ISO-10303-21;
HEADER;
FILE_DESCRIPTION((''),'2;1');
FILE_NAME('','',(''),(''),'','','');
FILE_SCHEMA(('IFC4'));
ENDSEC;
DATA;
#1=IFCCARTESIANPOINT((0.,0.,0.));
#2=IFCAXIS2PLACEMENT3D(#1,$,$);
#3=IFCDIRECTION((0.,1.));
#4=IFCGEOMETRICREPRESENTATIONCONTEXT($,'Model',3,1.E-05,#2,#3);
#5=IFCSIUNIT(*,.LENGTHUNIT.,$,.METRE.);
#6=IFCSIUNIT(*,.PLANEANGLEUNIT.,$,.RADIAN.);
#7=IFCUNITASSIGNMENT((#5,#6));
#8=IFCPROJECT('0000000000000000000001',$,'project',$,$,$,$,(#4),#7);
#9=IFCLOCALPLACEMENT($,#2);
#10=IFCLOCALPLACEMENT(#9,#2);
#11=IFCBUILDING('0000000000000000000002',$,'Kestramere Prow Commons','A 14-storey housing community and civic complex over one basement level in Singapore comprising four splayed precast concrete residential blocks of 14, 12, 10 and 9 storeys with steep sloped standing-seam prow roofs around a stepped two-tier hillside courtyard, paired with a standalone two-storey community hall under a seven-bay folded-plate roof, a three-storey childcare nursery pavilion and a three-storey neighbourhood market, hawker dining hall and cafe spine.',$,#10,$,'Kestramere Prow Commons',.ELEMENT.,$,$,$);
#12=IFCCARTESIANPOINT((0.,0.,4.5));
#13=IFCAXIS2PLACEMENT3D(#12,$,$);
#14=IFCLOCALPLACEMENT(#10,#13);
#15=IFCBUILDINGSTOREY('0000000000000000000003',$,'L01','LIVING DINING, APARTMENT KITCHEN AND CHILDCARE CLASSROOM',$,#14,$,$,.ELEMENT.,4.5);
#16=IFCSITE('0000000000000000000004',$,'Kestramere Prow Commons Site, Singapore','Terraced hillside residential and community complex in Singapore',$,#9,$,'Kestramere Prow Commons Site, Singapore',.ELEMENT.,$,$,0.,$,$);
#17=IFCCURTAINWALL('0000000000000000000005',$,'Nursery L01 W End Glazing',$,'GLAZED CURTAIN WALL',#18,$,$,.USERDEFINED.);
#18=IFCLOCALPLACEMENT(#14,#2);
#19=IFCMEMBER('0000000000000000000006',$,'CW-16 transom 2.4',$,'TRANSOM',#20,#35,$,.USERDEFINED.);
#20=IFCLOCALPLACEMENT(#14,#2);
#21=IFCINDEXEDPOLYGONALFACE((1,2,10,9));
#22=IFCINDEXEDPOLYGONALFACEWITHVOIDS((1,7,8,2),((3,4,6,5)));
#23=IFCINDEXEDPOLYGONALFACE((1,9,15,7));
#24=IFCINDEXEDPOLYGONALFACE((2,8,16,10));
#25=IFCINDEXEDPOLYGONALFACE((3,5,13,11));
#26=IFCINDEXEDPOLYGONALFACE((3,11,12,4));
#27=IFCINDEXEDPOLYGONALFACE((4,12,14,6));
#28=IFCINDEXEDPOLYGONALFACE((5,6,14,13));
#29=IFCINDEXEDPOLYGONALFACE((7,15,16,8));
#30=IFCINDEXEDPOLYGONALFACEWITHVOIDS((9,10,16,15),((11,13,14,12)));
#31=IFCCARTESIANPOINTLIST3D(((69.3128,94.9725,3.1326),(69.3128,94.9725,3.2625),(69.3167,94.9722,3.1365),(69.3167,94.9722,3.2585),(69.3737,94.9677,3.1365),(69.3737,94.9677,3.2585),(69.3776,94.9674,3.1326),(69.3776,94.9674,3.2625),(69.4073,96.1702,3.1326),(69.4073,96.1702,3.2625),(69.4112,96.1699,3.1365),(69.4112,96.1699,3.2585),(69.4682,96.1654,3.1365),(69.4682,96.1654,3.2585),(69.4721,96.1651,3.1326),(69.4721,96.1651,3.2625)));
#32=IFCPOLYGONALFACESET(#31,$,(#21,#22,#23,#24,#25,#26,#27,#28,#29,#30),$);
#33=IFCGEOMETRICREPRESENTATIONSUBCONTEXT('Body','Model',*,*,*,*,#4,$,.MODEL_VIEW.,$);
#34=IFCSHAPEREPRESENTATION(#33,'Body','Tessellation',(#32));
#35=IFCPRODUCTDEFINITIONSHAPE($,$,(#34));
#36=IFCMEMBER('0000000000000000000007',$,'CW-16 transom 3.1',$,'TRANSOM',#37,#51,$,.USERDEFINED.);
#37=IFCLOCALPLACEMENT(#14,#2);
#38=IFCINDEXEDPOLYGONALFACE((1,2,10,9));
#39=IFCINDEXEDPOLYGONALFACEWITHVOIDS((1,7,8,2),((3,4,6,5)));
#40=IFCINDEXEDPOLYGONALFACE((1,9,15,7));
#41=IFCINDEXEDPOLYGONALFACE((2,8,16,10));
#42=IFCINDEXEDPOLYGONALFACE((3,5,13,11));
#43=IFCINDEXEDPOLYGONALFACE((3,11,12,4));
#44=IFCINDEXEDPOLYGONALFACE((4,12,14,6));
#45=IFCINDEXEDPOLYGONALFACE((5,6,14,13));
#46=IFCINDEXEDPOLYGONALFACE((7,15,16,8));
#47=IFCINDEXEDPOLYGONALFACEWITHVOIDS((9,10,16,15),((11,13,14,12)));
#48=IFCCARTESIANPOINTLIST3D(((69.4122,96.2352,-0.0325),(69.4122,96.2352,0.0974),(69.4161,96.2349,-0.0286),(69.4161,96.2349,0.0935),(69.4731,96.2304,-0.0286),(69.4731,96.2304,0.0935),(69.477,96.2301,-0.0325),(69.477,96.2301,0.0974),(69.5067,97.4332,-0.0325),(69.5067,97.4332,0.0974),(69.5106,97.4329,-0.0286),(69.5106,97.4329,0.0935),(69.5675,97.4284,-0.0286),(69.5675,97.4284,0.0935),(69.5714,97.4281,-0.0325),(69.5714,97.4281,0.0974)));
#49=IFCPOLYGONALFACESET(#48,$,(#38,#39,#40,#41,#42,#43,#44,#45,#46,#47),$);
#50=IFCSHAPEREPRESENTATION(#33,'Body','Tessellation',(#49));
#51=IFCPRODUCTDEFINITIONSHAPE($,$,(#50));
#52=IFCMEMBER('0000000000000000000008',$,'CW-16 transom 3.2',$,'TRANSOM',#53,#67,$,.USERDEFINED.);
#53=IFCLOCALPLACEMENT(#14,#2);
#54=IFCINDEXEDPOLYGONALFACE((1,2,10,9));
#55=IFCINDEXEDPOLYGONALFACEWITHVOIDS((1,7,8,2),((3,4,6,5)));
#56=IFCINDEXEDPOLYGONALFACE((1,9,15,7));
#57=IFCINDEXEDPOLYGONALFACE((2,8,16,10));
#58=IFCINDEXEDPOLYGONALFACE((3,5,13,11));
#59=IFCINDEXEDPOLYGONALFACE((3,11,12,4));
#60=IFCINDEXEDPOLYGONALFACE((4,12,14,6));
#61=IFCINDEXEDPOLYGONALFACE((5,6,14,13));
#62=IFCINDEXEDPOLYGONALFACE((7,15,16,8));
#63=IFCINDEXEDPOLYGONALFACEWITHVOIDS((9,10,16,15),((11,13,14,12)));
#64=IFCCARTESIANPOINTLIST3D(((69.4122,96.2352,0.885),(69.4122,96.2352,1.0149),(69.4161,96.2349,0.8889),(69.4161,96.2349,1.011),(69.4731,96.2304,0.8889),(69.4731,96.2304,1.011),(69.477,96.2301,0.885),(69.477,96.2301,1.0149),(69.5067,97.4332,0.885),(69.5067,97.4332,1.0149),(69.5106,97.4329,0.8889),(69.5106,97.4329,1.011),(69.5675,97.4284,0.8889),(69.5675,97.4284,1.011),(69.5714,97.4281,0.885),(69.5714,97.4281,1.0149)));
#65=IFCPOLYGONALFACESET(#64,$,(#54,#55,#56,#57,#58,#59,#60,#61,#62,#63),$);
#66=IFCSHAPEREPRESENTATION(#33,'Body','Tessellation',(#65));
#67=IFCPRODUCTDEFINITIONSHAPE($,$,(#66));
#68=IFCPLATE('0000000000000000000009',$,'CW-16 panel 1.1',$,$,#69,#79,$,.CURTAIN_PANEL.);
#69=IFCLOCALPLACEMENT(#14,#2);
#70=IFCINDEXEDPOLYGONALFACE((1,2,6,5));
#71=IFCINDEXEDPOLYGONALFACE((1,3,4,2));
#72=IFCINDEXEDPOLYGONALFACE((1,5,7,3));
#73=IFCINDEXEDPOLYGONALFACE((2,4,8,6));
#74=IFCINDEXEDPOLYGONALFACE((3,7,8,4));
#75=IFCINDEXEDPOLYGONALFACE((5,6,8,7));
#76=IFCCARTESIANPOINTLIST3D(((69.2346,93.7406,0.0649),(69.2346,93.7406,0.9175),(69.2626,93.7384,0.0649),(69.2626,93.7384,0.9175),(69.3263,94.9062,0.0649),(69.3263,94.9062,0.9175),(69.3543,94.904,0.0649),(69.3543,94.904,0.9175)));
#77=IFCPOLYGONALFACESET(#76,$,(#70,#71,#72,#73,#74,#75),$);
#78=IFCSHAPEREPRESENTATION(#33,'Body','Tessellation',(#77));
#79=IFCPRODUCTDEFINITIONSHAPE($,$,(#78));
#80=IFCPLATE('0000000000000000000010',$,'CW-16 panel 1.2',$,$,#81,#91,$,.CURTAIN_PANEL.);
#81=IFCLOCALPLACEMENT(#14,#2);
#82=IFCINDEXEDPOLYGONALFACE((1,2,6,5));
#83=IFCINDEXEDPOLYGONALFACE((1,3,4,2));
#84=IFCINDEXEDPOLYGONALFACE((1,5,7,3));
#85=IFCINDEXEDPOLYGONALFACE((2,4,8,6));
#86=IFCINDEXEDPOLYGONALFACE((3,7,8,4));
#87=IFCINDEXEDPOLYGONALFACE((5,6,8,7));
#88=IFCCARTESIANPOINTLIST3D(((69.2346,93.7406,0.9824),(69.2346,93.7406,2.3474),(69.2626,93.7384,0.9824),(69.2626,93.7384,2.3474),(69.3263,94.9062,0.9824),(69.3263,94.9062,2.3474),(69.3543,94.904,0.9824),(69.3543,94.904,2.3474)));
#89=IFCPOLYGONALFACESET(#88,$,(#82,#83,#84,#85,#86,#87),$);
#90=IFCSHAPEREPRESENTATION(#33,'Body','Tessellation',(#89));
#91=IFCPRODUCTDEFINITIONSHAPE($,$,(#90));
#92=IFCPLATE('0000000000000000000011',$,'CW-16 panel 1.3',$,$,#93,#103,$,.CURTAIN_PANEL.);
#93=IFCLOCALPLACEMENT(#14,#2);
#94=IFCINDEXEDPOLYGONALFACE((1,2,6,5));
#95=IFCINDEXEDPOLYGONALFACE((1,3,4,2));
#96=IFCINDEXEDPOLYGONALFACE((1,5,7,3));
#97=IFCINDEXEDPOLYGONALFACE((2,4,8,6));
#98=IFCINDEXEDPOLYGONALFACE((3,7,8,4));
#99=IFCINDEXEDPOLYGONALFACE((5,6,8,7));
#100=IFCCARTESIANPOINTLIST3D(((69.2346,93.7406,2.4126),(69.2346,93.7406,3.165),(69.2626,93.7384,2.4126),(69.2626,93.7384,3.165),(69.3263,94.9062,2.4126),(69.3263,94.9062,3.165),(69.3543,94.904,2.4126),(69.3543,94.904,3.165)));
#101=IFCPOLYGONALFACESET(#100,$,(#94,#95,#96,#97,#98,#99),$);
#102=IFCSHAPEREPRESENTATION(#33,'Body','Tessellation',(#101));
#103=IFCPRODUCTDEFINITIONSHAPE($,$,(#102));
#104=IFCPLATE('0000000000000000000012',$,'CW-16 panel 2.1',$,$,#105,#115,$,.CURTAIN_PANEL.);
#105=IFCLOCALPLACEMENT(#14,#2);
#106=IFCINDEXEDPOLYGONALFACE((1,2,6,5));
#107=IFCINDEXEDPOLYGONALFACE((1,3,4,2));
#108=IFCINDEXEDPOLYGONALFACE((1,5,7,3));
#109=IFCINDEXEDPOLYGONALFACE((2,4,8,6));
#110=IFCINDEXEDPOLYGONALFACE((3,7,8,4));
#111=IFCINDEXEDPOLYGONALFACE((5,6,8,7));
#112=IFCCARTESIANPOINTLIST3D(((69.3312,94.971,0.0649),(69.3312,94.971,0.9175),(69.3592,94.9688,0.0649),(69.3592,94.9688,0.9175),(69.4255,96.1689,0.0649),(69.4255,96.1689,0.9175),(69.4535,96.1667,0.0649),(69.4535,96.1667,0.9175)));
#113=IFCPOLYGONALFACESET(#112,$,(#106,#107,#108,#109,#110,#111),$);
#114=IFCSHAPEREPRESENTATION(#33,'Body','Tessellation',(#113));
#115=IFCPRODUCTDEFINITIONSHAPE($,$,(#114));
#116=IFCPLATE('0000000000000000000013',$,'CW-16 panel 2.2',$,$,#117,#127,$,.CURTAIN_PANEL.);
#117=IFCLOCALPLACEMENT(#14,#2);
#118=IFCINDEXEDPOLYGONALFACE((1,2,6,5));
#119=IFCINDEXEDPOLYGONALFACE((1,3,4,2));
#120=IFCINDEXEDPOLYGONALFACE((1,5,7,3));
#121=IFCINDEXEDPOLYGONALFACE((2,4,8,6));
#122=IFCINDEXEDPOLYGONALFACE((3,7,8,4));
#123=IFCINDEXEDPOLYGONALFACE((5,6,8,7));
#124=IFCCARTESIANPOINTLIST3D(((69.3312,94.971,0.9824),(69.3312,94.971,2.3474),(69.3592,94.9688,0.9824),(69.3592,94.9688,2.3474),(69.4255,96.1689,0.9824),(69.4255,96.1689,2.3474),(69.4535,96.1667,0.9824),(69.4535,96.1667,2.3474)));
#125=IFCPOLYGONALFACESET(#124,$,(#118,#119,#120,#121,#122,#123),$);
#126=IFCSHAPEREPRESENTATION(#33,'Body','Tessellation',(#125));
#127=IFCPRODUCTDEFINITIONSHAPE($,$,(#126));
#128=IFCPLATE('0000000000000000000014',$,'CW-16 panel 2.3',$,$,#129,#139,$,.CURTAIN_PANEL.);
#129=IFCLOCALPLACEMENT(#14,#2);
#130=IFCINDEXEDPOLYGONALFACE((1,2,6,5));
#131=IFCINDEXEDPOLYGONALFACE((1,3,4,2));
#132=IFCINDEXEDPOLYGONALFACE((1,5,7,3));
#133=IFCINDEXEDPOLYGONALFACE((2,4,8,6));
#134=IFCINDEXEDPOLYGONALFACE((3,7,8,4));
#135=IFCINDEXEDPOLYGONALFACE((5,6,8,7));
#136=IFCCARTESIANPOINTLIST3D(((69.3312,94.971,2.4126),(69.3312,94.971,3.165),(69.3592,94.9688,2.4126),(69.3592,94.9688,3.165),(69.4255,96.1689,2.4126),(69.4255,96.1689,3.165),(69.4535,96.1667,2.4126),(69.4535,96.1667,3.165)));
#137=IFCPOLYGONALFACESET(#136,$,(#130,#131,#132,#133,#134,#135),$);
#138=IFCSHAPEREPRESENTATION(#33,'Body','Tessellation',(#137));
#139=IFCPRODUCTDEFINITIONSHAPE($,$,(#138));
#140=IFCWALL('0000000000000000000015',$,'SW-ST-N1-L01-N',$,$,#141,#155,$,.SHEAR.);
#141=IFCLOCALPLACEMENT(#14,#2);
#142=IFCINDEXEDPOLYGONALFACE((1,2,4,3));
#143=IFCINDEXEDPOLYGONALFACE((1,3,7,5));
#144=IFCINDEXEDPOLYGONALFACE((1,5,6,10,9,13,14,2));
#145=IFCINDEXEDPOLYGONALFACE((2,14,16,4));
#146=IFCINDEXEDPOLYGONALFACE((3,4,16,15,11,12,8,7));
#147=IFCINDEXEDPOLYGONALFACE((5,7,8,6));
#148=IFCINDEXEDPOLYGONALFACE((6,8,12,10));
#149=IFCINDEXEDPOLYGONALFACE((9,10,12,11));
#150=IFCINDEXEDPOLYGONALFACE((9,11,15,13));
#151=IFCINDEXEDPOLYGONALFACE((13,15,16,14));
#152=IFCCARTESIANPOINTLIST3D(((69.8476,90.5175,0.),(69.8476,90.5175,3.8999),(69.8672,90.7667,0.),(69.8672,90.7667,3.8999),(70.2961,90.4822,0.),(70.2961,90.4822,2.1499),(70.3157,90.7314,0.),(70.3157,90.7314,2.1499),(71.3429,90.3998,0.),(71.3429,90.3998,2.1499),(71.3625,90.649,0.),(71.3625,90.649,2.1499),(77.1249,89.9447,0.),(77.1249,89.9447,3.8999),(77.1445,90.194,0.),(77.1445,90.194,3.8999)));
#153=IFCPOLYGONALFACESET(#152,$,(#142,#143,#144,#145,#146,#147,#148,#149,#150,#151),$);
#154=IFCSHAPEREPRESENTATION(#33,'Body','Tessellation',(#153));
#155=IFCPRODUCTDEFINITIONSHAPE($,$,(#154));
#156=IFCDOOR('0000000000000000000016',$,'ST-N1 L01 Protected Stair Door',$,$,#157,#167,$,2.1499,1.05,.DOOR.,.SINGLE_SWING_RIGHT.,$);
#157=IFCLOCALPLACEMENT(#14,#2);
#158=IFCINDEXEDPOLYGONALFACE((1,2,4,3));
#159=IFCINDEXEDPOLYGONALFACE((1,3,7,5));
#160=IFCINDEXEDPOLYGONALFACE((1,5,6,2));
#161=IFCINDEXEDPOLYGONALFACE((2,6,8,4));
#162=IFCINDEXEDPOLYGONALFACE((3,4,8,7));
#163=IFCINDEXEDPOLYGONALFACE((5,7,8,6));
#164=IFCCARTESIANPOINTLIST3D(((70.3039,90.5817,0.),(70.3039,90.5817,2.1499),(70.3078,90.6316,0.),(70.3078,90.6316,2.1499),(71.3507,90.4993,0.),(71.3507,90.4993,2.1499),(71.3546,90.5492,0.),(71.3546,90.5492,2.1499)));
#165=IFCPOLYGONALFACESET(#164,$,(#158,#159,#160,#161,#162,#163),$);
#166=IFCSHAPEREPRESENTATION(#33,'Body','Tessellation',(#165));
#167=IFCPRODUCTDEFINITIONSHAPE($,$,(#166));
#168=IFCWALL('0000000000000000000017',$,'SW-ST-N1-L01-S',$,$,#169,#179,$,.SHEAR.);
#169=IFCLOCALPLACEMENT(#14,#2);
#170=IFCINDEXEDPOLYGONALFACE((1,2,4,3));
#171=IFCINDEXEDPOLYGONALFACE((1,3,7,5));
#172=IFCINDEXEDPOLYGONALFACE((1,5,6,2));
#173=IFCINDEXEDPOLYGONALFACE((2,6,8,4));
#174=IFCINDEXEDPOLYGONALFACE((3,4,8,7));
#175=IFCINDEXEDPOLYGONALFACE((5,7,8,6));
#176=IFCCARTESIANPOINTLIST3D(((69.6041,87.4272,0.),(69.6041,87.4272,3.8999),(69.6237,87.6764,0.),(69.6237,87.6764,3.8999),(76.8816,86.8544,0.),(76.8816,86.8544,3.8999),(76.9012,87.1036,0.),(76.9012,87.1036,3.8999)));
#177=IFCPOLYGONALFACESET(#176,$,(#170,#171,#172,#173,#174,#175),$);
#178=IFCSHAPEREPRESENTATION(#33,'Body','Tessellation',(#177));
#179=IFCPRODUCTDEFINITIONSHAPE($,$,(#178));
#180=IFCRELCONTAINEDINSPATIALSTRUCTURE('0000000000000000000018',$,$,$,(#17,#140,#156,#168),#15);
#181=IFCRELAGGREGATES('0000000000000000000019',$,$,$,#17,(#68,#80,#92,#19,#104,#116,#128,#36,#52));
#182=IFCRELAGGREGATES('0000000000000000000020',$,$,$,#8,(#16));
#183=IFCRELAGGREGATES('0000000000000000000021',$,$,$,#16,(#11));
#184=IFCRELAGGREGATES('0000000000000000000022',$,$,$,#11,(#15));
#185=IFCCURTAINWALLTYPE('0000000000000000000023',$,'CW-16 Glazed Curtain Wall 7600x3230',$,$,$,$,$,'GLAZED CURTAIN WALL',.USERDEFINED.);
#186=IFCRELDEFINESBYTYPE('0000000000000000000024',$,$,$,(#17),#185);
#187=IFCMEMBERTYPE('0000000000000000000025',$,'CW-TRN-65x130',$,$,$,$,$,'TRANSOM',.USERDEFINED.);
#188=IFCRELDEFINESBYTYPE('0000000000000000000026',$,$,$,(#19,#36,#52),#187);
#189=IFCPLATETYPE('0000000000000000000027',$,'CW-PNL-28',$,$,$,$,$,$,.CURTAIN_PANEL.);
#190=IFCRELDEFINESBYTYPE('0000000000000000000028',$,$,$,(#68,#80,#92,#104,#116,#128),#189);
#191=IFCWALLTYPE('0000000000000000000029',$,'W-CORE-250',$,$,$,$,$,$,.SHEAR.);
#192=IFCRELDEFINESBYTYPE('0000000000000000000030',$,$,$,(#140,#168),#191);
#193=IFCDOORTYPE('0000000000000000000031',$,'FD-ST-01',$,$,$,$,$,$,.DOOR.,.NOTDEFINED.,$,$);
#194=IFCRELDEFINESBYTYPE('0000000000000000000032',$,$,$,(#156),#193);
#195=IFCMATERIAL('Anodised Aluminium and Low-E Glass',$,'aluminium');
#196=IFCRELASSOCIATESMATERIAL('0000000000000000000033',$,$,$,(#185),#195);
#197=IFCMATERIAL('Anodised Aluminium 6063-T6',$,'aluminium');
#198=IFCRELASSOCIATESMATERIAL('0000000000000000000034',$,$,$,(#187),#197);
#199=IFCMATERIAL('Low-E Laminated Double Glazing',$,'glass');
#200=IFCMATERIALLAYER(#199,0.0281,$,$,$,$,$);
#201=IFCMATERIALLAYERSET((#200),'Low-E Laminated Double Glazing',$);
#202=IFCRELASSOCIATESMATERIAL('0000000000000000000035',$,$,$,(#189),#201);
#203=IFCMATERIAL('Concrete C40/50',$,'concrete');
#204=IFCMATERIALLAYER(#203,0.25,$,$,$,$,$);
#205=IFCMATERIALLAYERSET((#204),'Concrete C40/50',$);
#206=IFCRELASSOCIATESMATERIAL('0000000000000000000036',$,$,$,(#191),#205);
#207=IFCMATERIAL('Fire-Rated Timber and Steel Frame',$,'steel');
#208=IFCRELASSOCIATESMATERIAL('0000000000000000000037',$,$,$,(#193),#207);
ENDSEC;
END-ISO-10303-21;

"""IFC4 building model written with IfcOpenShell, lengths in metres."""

from ifc_helpers import new_model, si_unit, direction, frame, frame_2d, origin, origin_2d, place, context, subcontext, project, spatial, rectangle, hollow_rectangle, extrude, material, layer, layer_set, material_profile, profile_set, type_object, element, fill, aggregate, save


model = new_model("IFC4")

# Units and contexts
model_context = context("Model", 3, precision=1e-05, world=origin(), true_north=direction((0.0, 1.0)))
body_context = subcontext(model_context, "Body", "Model", "MODEL_VIEW")
ifc_project = project(units=[si_unit("LENGTHUNIT", "METRE"), si_unit("PLANEANGLEUNIT", "RADIAN")], contexts=[model_context])

# Site, building, storey
site_placement = place(None, origin())
site = spatial("IfcSite", under=ifc_project, at=site_placement, Name="Kestramere Prow Commons Site, Singapore", Description="Terraced hillside residential and community complex in Singapore", LongName="Kestramere Prow Commons Site, Singapore", CompositionType="ELEMENT", RefElevation=0.0)
building_placement = place(site_placement, origin())
building = spatial("IfcBuilding", under=site, at=building_placement, Name="Kestramere Prow Commons", Description="A 14-storey housing community and civic complex over one basement level in Singapore comprising four splayed precast concrete residential blocks of 14, 12, 10 and 9 storeys with steep sloped standing-seam prow roofs around a stepped two-tier hillside courtyard, paired with a standalone two-storey community hall under a seven-bay folded-plate roof, a three-storey childcare nursery pavilion and a three-storey neighbourhood market, hawker dining hall and cafe spine.", LongName="Kestramere Prow Commons", CompositionType="ELEMENT")
storey_placement = place(building_placement, frame((0.0, 0.0, 4.5)))
storey = spatial("IfcBuildingStorey", under=building, at=storey_placement, Name="L01", Description="LIVING DINING, APARTMENT KITCHEN AND CHILDCARE CLASSROOM", CompositionType="ELEMENT", Elevation=4.5)

# Curtain wall, members, plates
ifc_material_1 = material(Name="Anodised Aluminium and Low-E Glass", Category="aluminium")
curtain_wall_type = type_object("IfcCurtainWallType", Name="CW-16 Glazed Curtain Wall 7600x3230", ElementType="GLAZED CURTAIN WALL", PredefinedType="USERDEFINED", material=ifc_material_1)
curtain_wall_placement = place(storey_placement, origin())
curtain_wall = element("IfcCurtainWall", 1, at=curtain_wall_placement, inside=storey, type_object=curtain_wall_type, Name="Nursery L01 W End Glazing", ObjectType="GLAZED CURTAIN WALL", PredefinedType="USERDEFINED")
ifc_material_2 = material(Name="Anodised Aluminium 6063-T6", Category="aluminium")
ifc_material_profile_1 = material_profile(ifc_material_2, hollow_rectangle(XDim=0.0649, YDim=0.1299, WallThickness=0.0039, at=origin_2d()), Name="ALU-TRN 65x130")
ifc_profile_set_1 = profile_set([ifc_material_profile_1], Name="Anodised Aluminium 6063-T6")
member_type_1 = type_object("IfcMemberType", Name="CW-TRN-65x130", ElementType="TRANSOM", PredefinedType="USERDEFINED", material=ifc_profile_set_1)
member_1_placement = place(storey_placement, frame((69.3452, 94.97, 3.1975), z_axis=(0.078639, 0.996903, 0.0), x_axis=(-0.996903, 0.078639, 0.0)))
member_1 = element("IfcMember", 2, at=member_1_placement, type_object=member_type_1, Name="CW-16 transom 2.4", ObjectType="TRANSOM", PredefinedType="USERDEFINED", context=body_context, shape_type="SweptSolid", body=[
    extrude(hollow_rectangle(XDim=0.0649, YDim=0.1299, WallThickness=0.0039, at=origin_2d()), origin(), (0.0, 0.0, 1.0), 1.2014),
])
member_2_placement = place(storey_placement, frame((69.4446, 96.2327, 0.0325), z_axis=(0.078623, 0.996904, 0.0), x_axis=(-0.996904, 0.078623, 0.0)))
member_2 = element("IfcMember", 3, at=member_2_placement, type_object=member_type_1, Name="CW-16 transom 3.1", ObjectType="TRANSOM", PredefinedType="USERDEFINED", context=body_context, shape_type="SweptSolid", body=[
    extrude(hollow_rectangle(XDim=0.0649, YDim=0.1299, WallThickness=0.0039, at=origin_2d()), origin(), (0.0, 0.0, 1.0), 1.2017),
])
member_3_placement = place(storey_placement, frame((69.4446, 96.2327, 0.95), z_axis=(0.078623, 0.996904, 0.0), x_axis=(-0.996904, 0.078623, 0.0)))
member_3 = element("IfcMember", 4, at=member_3_placement, type_object=member_type_1, Name="CW-16 transom 3.2", ObjectType="TRANSOM", PredefinedType="USERDEFINED", context=body_context, shape_type="SweptSolid", body=[
    extrude(hollow_rectangle(XDim=0.0649, YDim=0.1299, WallThickness=0.0039, at=origin_2d()), origin(), (0.0, 0.0, 1.0), 1.2017),
])
ifc_material_3 = material(Name="Low-E Laminated Double Glazing", Category="glass")
ifc_layer_1 = layer(ifc_material_3, 0.0281)
ifc_layer_set_1 = layer_set([ifc_layer_1], Name="Low-E Laminated Double Glazing")
plate_type = type_object("IfcPlateType", Name="CW-PNL-28", PredefinedType="CURTAIN_PANEL", material=ifc_layer_set_1)
plate_1_placement = place(storey_placement, frame((69.2944, 94.3223, 0.0649), z_axis=(0.0, 0.0, 1.0), x_axis=(0.078459, 0.996917, 0.0)))
plate_1 = element("IfcPlate", 5, at=plate_1_placement, type_object=plate_type, Name="CW-16 panel 1.1", PredefinedType="CURTAIN_PANEL", context=body_context, shape_type="SweptSolid", body=[
    extrude(rectangle(XDim=1.1692, YDim=0.0281, at=origin_2d()), origin(), (0.0, 0.0, 1.0), 0.8525),
])
plate_2_placement = place(storey_placement, frame((69.2944, 94.3223, 0.9824), z_axis=(0.0, 0.0, 1.0), x_axis=(0.078459, 0.996917, 0.0)))
plate_2 = element("IfcPlate", 6, at=plate_2_placement, type_object=plate_type, Name="CW-16 panel 1.2", PredefinedType="CURTAIN_PANEL", context=body_context, shape_type="SweptSolid", body=[
    extrude(rectangle(XDim=1.1692, YDim=0.0281, at=origin_2d()), origin(), (0.0, 0.0, 1.0), 1.365),
])
plate_3_placement = place(storey_placement, frame((69.2944, 94.3223, 2.4126), z_axis=(0.0, 0.0, 1.0), x_axis=(0.078459, 0.996917, 0.0)))
plate_3 = element("IfcPlate", 7, at=plate_3_placement, type_object=plate_type, Name="CW-16 panel 1.3", PredefinedType="CURTAIN_PANEL", context=body_context, shape_type="SweptSolid", body=[
    extrude(rectangle(XDim=1.1692, YDim=0.0281, at=origin_2d()), origin(), (0.0, 0.0, 1.0), 0.7524),
])
plate_4_placement = place(storey_placement, frame((69.3923, 95.5688, 0.0649), z_axis=(0.0, 0.0, 1.0), x_axis=(0.078459, 0.996917, 0.0)))
plate_4 = element("IfcPlate", 8, at=plate_4_placement, type_object=plate_type, Name="CW-16 panel 2.1", PredefinedType="CURTAIN_PANEL", context=body_context, shape_type="SweptSolid", body=[
    extrude(rectangle(XDim=1.2017, YDim=0.0281, at=origin_2d()), origin(), (0.0, 0.0, 1.0), 0.8525),
])
plate_5_placement = place(storey_placement, frame((69.3923, 95.5688, 0.9824), z_axis=(0.0, 0.0, 1.0), x_axis=(0.078459, 0.996917, 0.0)))
plate_5 = element("IfcPlate", 9, at=plate_5_placement, type_object=plate_type, Name="CW-16 panel 2.2", PredefinedType="CURTAIN_PANEL", context=body_context, shape_type="SweptSolid", body=[
    extrude(rectangle(XDim=1.2017, YDim=0.0281, at=origin_2d()), origin(), (0.0, 0.0, 1.0), 1.365),
])
plate_6_placement = place(storey_placement, frame((69.3923, 95.5688, 2.4126), z_axis=(0.0, 0.0, 1.0), x_axis=(0.078459, 0.996917, 0.0)))
plate_6 = element("IfcPlate", 10, at=plate_6_placement, type_object=plate_type, Name="CW-16 panel 2.3", PredefinedType="CURTAIN_PANEL", context=body_context, shape_type="SweptSolid", body=[
    extrude(rectangle(XDim=1.2017, YDim=0.0281, at=origin_2d()), origin(), (0.0, 0.0, 1.0), 0.7524),
])
aggregate(curtain_wall, [plate_1, plate_2, plate_3, member_1, plate_4, plate_5, plate_6, member_2, member_3])

# Wall, opening, door
ifc_material_4 = material(Name="Concrete C40/50", Category="concrete")
ifc_layer_2 = layer(ifc_material_4, 0.25)
ifc_layer_set_2 = layer_set([ifc_layer_2], Name="Concrete C40/50")
wall_type = type_object("IfcWallType", Name="W-CORE-250", PredefinedType="SHEAR", material=ifc_layer_set_2)
wall_1_placement = place(storey_placement, frame((69.8574, 90.6421, 0.0), z_axis=(0.0, 0.0, 1.0), x_axis=(0.996917, -0.078461, 0.0)))
wall_1 = element("IfcWall", 11, at=wall_1_placement, inside=storey, type_object=wall_type, Name="SW-ST-N1-L01-N", PredefinedType="SHEAR", context=body_context, shape_type="SweptSolid", body=[
    extrude(rectangle(XDim=7.2998, YDim=0.25, at=frame_2d((3.6499, 0.0))), origin(), (0.0, 0.0, 1.0), 3.8999),
])
opening_placement = place(wall_1_placement, frame((0.45, 0.0, 0.0)))
opening = element("IfcOpeningElement", 12, at=opening_placement, cuts=wall_1, PredefinedType="OPENING", context=body_context, shape_type="SweptSolid", body=[
    extrude(rectangle(XDim=1.05, YDim=2.1499, at=frame_2d((0.5249, 1.075))), frame((0.0, 0.1399, 0.0), z_axis=(0.0, -1.0, 0.0), x_axis=(1.0, 0.0, 0.0)), (0.0, 0.0, 1.0), 0.28),
])
ifc_material_5 = material(Name="Fire-Rated Timber and Steel Frame", Category="steel")
door_type = type_object("IfcDoorType", Name="FD-ST-01", OperationType="NOTDEFINED", PredefinedType="DOOR", material=ifc_material_5)
door_placement = place(opening_placement, origin())
door = element("IfcDoor", 13, at=door_placement, inside=storey, type_object=door_type, Name="ST-N1 L01 Protected Stair Door", OperationType="SINGLE_SWING_RIGHT", OverallHeight=2.1499, OverallWidth=1.05, PredefinedType="DOOR", context=body_context, shape_type="SweptSolid", body=[
    extrude(rectangle(XDim=1.05, YDim=2.1499, at=frame_2d((0.5249, 1.075))), frame((0.0, 0.0249, 0.0), z_axis=(0.0, -1.0, 0.0), x_axis=(1.0, 0.0, 0.0)), (0.0, 0.0, 1.0), 0.05),
])
fill(opening, door)

# Wall
wall_2_placement = place(storey_placement, frame((69.614, 87.5518, 0.0), z_axis=(0.0, 0.0, 1.0), x_axis=(0.996917, -0.078458, 0.0)))
element("IfcWall", 14, at=wall_2_placement, inside=storey, type_object=wall_type, Name="SW-ST-N1-L01-S", PredefinedType="SHEAR", context=body_context, shape_type="SweptSolid", body=[
    extrude(rectangle(XDim=7.3, YDim=0.25, at=frame_2d((3.6499, 0.0))), origin(), (0.0, 0.0, 1.0), 3.8999),
])

save(model, "model.ifc")
